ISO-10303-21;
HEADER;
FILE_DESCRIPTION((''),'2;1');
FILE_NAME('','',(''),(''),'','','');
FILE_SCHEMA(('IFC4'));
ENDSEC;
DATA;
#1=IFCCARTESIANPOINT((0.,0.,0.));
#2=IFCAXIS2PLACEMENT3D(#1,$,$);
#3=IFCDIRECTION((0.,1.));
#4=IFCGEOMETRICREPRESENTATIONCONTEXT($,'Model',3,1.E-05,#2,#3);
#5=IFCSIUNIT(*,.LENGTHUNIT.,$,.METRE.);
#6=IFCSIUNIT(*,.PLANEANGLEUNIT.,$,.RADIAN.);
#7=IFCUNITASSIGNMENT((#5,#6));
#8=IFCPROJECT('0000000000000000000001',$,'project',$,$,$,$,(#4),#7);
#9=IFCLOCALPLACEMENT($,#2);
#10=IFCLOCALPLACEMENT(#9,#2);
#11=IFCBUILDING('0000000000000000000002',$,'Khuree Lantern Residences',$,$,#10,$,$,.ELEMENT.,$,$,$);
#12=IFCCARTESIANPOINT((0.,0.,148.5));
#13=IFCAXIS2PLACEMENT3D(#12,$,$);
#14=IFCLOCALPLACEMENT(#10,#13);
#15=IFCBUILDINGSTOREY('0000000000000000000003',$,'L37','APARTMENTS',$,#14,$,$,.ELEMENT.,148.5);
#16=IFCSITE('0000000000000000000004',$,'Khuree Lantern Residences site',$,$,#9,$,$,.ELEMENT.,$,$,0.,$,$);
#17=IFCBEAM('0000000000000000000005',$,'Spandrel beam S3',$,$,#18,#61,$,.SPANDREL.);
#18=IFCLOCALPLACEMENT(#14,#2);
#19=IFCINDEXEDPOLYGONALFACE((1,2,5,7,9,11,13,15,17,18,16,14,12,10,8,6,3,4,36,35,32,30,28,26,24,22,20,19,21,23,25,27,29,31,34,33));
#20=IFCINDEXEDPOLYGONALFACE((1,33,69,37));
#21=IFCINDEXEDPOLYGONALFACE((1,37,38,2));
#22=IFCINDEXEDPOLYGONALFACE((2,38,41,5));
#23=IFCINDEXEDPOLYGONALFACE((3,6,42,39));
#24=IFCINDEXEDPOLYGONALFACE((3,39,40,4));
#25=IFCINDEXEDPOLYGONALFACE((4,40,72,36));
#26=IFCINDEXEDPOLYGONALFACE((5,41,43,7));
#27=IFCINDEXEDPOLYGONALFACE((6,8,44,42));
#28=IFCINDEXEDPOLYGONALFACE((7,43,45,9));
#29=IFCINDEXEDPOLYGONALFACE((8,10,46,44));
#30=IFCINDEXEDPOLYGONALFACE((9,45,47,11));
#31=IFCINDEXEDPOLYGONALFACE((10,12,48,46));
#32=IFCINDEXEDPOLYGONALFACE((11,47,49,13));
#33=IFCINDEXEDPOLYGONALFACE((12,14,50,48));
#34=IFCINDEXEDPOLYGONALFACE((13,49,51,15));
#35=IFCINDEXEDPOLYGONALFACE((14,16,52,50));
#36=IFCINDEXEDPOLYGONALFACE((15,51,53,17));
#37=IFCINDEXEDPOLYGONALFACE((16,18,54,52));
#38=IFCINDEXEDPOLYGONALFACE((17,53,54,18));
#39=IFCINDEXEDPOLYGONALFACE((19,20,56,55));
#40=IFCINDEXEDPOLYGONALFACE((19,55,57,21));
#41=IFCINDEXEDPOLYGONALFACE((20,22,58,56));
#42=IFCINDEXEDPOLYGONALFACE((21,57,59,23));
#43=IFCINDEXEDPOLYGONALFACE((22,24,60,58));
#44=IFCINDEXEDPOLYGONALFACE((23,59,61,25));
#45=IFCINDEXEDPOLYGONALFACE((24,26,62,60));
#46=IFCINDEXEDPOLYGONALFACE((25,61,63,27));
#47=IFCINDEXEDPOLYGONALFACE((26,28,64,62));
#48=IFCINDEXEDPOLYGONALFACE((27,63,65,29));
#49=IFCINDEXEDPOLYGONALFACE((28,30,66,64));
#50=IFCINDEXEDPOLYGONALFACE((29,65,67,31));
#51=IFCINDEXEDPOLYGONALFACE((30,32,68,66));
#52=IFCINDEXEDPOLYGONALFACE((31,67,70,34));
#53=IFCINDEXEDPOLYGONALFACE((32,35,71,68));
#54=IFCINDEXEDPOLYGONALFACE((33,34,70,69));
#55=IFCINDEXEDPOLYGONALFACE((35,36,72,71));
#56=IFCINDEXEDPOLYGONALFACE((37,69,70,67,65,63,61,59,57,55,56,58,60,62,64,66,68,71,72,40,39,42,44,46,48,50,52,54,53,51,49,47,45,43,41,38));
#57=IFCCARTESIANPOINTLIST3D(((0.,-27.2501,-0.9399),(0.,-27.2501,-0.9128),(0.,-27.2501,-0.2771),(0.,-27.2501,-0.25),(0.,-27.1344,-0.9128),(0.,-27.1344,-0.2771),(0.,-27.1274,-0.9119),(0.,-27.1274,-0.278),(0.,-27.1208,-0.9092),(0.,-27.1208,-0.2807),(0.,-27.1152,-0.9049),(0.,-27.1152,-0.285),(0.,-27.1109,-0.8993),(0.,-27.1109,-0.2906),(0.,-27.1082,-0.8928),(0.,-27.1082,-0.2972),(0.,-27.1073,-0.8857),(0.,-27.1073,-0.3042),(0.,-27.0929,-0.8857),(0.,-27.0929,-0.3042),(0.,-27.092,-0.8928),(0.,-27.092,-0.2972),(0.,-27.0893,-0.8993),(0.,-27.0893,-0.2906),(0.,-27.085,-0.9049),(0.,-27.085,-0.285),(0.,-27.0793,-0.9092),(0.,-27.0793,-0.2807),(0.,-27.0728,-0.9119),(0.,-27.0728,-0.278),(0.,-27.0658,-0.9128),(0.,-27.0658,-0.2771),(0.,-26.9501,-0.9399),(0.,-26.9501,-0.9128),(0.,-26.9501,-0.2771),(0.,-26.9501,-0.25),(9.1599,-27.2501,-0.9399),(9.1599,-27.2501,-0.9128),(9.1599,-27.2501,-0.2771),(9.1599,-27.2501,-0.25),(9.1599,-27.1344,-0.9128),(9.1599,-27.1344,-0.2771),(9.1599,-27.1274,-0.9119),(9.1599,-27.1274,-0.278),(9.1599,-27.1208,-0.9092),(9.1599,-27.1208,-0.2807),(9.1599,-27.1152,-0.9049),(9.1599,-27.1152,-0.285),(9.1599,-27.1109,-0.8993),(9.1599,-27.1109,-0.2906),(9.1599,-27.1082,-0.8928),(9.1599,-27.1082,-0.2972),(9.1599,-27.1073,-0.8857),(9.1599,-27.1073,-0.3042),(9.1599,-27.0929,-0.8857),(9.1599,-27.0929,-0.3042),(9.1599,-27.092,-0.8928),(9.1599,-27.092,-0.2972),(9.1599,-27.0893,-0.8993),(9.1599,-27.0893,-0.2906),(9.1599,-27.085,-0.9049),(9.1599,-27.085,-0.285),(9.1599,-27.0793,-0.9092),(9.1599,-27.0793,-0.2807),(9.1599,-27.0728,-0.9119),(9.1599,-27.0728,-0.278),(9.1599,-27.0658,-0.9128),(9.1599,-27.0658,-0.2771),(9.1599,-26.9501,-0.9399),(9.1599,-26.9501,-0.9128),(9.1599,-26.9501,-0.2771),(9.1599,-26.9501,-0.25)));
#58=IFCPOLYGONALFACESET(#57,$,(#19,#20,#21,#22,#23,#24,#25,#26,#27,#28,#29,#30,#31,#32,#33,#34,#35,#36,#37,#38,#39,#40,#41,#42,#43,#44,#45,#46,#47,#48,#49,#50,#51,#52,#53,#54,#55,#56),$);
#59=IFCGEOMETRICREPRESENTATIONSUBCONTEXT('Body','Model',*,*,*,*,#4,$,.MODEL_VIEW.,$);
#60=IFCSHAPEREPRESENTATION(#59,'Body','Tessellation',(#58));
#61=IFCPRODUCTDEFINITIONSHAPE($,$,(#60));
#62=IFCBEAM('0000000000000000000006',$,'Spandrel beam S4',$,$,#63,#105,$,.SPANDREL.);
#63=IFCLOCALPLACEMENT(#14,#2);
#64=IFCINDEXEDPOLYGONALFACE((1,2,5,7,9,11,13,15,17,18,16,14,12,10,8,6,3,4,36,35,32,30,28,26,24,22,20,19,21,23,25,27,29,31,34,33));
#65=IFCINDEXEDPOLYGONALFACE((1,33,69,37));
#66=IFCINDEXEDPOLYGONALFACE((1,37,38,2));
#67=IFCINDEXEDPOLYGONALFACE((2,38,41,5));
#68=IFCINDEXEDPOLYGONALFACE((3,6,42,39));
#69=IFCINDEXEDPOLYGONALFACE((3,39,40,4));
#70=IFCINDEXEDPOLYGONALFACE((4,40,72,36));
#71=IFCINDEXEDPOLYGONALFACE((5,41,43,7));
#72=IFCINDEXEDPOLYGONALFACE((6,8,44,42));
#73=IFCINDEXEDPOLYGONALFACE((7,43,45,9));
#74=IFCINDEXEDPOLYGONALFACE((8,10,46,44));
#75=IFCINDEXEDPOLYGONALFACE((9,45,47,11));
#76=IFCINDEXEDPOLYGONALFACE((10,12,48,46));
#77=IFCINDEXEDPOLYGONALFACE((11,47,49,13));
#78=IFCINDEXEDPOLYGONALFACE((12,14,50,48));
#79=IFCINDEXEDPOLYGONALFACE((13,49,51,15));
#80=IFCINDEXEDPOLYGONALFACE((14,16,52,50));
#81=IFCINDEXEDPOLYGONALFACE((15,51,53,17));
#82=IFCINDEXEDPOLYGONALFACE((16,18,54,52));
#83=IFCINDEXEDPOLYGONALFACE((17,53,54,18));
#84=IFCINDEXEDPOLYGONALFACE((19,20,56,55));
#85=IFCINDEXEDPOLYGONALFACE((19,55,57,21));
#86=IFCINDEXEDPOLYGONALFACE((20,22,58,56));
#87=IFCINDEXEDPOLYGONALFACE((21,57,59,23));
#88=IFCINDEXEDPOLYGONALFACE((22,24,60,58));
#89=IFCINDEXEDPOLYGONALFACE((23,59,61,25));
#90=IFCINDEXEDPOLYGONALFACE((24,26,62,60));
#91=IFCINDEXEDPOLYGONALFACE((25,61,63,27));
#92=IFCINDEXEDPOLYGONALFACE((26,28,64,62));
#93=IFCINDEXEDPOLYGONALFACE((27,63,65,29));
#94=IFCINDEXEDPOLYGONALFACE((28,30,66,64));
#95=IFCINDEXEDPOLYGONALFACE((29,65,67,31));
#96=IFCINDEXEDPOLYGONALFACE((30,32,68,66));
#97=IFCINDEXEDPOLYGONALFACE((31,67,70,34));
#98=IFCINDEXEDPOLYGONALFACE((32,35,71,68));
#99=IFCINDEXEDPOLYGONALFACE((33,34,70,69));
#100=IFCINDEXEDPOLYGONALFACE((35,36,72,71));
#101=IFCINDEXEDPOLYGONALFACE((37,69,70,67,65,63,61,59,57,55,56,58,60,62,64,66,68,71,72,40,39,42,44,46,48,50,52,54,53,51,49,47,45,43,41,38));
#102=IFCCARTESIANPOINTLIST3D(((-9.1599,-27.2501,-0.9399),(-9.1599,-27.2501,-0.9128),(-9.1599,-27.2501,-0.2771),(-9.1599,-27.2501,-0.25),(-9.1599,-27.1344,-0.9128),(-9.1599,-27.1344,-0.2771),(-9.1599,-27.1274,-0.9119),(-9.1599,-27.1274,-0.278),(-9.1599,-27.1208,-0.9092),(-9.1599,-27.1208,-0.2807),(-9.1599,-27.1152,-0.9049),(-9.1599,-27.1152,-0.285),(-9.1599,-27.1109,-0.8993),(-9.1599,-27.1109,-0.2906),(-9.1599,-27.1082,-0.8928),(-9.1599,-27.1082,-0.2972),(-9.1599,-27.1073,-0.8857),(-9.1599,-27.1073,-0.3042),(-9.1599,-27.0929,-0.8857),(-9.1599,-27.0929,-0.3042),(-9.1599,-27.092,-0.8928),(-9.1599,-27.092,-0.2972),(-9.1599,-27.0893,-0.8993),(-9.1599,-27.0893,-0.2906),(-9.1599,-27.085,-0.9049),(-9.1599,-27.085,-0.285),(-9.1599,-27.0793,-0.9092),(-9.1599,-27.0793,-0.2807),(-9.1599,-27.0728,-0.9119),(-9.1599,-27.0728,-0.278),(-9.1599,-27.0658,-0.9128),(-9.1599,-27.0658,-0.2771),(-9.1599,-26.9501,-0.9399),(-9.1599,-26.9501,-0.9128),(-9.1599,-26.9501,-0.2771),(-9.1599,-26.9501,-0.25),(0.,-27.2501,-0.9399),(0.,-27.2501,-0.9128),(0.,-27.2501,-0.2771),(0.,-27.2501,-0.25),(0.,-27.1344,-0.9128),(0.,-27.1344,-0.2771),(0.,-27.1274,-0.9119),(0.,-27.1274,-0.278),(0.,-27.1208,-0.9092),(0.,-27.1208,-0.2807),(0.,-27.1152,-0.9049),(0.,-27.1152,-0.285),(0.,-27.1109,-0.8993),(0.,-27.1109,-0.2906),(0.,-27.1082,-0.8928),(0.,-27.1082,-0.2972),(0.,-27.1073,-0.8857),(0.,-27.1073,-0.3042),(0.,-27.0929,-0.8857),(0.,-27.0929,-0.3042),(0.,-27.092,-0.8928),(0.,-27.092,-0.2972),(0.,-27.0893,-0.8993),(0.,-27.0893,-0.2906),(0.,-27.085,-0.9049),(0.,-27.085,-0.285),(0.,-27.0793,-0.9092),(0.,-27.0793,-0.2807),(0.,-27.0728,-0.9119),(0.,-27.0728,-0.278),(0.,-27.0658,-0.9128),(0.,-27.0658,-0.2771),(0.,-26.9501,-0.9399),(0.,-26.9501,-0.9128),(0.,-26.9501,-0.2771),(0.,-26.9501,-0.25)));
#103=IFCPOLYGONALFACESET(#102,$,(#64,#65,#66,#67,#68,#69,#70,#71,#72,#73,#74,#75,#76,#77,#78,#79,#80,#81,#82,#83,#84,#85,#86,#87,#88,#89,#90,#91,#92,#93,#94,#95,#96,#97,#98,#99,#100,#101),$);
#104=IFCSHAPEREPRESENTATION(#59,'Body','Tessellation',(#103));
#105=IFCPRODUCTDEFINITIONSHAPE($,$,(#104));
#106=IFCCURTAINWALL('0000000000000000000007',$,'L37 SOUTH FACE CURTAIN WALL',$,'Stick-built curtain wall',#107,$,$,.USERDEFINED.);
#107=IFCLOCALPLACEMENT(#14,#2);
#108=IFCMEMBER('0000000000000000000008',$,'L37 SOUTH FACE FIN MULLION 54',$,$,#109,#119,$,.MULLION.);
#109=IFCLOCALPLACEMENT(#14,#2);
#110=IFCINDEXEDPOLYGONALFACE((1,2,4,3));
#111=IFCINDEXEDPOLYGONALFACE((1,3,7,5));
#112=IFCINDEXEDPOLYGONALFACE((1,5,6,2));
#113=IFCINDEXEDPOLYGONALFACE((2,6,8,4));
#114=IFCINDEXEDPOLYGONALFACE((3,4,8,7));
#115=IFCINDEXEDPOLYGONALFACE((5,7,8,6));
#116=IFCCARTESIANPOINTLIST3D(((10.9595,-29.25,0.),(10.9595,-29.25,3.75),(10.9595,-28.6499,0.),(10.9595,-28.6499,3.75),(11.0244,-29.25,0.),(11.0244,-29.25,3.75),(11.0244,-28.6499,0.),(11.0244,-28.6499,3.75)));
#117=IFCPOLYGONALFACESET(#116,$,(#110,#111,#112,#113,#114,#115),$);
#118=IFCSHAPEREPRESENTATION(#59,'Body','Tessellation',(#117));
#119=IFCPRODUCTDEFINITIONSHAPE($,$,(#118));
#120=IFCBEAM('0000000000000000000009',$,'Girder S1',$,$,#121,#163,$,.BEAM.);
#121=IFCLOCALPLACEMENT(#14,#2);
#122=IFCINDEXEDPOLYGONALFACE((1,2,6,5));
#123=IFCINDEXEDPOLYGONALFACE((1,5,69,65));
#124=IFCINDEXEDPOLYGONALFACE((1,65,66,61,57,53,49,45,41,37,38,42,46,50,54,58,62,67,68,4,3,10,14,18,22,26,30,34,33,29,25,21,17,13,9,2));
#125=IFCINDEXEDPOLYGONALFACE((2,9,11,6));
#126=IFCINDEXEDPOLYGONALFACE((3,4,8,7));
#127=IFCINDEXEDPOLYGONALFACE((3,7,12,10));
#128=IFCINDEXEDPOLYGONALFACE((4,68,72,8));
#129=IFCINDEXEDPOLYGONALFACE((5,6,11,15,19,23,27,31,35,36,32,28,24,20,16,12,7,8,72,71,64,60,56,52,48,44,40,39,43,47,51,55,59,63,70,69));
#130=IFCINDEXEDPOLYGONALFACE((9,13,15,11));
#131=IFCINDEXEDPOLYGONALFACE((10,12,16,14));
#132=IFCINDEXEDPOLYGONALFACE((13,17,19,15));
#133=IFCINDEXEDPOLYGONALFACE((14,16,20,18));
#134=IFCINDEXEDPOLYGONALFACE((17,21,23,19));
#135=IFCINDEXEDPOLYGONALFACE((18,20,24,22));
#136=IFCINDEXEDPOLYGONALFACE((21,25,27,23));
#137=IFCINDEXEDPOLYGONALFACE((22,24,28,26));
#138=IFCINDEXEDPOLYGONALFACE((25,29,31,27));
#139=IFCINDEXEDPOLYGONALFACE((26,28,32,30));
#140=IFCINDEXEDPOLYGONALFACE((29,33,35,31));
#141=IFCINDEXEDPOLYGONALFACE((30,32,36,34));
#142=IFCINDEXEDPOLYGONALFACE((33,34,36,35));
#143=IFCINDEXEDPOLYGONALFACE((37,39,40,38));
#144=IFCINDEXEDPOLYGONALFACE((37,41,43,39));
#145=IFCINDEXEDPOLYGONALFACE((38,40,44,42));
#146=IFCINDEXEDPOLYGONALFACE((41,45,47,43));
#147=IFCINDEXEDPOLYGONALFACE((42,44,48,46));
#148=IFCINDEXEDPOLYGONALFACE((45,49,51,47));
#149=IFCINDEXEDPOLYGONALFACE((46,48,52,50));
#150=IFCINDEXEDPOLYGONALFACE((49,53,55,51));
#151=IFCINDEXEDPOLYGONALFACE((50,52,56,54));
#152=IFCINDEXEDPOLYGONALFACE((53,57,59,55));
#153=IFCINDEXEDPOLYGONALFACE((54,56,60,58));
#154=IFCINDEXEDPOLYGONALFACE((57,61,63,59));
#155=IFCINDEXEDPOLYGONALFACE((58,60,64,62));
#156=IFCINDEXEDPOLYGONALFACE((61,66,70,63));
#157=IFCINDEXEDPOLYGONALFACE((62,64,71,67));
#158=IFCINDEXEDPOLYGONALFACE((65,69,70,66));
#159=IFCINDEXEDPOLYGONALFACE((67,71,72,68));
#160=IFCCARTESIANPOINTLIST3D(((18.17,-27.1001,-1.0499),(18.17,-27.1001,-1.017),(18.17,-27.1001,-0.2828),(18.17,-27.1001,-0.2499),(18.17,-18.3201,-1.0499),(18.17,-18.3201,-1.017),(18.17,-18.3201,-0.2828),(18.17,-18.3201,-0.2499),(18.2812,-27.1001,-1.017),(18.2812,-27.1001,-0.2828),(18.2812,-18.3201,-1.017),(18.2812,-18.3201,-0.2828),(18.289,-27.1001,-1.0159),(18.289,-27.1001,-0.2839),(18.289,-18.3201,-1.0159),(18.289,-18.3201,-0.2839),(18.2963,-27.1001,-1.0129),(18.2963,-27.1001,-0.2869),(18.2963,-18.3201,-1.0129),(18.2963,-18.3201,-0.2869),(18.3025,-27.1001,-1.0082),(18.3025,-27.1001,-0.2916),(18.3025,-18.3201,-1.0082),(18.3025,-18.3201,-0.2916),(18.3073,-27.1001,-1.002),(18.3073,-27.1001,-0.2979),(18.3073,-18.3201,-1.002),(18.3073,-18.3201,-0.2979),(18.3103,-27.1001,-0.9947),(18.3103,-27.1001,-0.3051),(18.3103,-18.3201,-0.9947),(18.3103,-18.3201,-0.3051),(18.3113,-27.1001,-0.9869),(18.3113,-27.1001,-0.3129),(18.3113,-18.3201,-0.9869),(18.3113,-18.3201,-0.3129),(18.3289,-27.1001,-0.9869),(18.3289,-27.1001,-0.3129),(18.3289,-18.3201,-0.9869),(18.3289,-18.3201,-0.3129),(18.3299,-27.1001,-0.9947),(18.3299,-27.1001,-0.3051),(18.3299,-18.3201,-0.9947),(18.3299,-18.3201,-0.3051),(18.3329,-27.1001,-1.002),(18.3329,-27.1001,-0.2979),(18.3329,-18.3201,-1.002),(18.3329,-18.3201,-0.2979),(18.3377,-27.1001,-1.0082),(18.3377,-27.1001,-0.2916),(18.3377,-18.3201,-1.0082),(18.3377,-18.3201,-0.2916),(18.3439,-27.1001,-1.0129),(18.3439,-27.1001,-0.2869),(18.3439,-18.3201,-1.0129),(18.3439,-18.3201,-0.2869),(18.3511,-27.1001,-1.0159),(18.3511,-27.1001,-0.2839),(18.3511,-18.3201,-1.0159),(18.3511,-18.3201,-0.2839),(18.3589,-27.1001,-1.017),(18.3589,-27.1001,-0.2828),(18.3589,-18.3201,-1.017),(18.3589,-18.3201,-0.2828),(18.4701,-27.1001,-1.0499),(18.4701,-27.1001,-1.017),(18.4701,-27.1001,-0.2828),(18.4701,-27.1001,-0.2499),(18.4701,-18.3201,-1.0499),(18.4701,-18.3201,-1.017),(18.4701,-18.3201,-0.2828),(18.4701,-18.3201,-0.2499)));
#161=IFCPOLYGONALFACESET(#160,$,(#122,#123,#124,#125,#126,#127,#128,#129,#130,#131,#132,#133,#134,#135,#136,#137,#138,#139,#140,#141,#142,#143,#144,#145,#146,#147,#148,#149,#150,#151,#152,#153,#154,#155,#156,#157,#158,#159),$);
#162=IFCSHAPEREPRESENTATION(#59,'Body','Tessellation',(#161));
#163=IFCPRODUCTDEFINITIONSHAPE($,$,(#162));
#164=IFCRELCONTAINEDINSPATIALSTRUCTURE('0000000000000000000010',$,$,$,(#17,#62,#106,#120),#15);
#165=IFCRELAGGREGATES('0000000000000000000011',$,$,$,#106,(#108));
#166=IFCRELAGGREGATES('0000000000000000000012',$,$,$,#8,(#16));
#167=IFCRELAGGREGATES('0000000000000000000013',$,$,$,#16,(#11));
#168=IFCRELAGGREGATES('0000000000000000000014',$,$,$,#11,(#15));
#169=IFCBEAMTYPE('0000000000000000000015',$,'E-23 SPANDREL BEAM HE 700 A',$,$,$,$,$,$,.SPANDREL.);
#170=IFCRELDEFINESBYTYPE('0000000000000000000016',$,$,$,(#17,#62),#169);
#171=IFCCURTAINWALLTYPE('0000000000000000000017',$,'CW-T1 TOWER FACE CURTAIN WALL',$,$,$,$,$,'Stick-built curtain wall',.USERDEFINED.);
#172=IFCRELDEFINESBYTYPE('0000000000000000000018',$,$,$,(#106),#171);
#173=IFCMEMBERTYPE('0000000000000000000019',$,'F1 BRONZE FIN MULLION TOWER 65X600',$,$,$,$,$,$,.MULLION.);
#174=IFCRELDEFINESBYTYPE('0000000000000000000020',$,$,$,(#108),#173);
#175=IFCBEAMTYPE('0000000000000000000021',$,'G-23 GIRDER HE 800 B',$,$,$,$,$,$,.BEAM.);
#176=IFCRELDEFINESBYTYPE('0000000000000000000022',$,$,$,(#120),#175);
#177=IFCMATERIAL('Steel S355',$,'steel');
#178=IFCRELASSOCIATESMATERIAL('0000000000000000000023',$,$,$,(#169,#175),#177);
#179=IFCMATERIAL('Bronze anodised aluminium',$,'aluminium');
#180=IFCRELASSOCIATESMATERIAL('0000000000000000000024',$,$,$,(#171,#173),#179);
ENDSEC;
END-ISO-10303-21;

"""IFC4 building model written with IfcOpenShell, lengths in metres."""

from ifc_helpers import new_model, si_unit, direction, frame, origin, origin_2d, place, context, subcontext, project, spatial, rectangle, i_section, extrude, material, material_profile, profile_set, type_object, element, aggregate, save


model = new_model("IFC4")

# Units and contexts
model_context = context("Model", 3, precision=1e-05, world=origin(), true_north=direction((0.0, 1.0)))
body_context = subcontext(model_context, "Body", "Model", "MODEL_VIEW")
ifc_project = project(units=[si_unit("LENGTHUNIT", "METRE"), si_unit("PLANEANGLEUNIT", "RADIAN")], contexts=[model_context])

# Site, building, storey
site_placement = place(None, origin())
site = spatial("IfcSite", under=ifc_project, at=site_placement, Name="Khuree Lantern Residences site", CompositionType="ELEMENT", RefElevation=0.0)
building_placement = place(site_placement, origin())
building = spatial("IfcBuilding", under=site, at=building_placement, Name="Khuree Lantern Residences", CompositionType="ELEMENT")
storey_placement = place(building_placement, frame((0.0, 0.0, 148.5)))
storey = spatial("IfcBuildingStorey", under=building, at=storey_placement, Name="L37", Description="APARTMENTS", CompositionType="ELEMENT", Elevation=148.5)

# Beams
ifc_material_1 = material(Name="Steel S355", Category="steel")
ifc_material_profile_1 = material_profile(ifc_material_1, i_section(OverallWidth=0.3, OverallDepth=0.6899, WebThickness=0.0144, FlangeThickness=0.0271, FilletRadius=0.0271, at=origin_2d()), Name="HE 700 A")
ifc_profile_set_1 = profile_set([ifc_material_profile_1], Name="Steel S355")
beam_type_1 = type_object("IfcBeamType", Name="E-23 SPANDREL BEAM HE 700 A", PredefinedType="SPANDREL", material=ifc_profile_set_1)
for number, where, z_axis, x_axis, name in (
    (1, (9.1599, -27.1001, -0.595), (-1.0, 0.0, 0.0), (0.0, -1.0, 0.0), "Spandrel beam S3"),
    (2, (0.0, -27.1001, -0.595), (-1.0, 0.0, 0.0), (0.0, -1.0, 0.0), "Spandrel beam S4"),
):
    element("IfcBeam", number, at=place(storey_placement, frame(where, z_axis=z_axis, x_axis=x_axis)), inside=storey, type_object=beam_type_1, Name=name, PredefinedType="SPANDREL", context=body_context, shape_type="SweptSolid", body=[
        extrude(i_section(OverallWidth=0.3, OverallDepth=0.6899, WebThickness=0.0144, FlangeThickness=0.0271, FilletRadius=0.0271, at=origin_2d()), origin(), (0.0, 0.0, 1.0), 9.1599),
    ])

# Curtain wall, member
ifc_material_2 = material(Name="Bronze anodised aluminium", Category="aluminium")
curtain_wall_type = type_object("IfcCurtainWallType", Name="CW-T1 TOWER FACE CURTAIN WALL", ElementType="Stick-built curtain wall", PredefinedType="USERDEFINED", material=ifc_material_2)
curtain_wall_placement = place(storey_placement, origin())
curtain_wall = element("IfcCurtainWall", 3, at=curtain_wall_placement, inside=storey, type_object=curtain_wall_type, Name="L37 SOUTH FACE CURTAIN WALL", ObjectType="Stick-built curtain wall", PredefinedType="USERDEFINED")
ifc_material_profile_2 = material_profile(ifc_material_2, rectangle(XDim=0.0649, YDim=0.6001, at=origin_2d()), Name="F1 65X600")
ifc_profile_set_2 = profile_set([ifc_material_profile_2], Name="Bronze anodised aluminium")
member_type_1 = type_object("IfcMemberType", Name="F1 BRONZE FIN MULLION TOWER 65X600", PredefinedType="MULLION", material=ifc_profile_set_2)
member_1_placement = place(storey_placement, frame((10.9919, -28.95, 0.0), z_axis=(0.0, 0.0, 1.0), x_axis=(1.0, 0.0, 0.0)))
member_1 = element("IfcMember", 4, at=member_1_placement, type_object=member_type_1, Name="L37 SOUTH FACE FIN MULLION 54", PredefinedType="MULLION", context=body_context, shape_type="SweptSolid", body=[
    extrude(rectangle(XDim=0.0649, YDim=0.6001, at=origin_2d()), origin(), (0.0, 0.0, 1.0), 3.75),
])

# Beam
ifc_material_profile_3 = material_profile(ifc_material_1, i_section(OverallWidth=0.3, OverallDepth=0.8, WebThickness=0.0176, FlangeThickness=0.033, FilletRadius=0.03, at=origin_2d()), Name="HE 800 B")
ifc_profile_set_3 = profile_set([ifc_material_profile_3], Name="Steel S355")
beam_type_2 = type_object("IfcBeamType", Name="G-23 GIRDER HE 800 B", PredefinedType="BEAM", material=ifc_profile_set_3)
beam_1_placement = place(storey_placement, frame((18.3201, -27.1001, -0.6499), z_axis=(0.0, 1.0, 0.0), x_axis=(-1.0, 0.0, 0.0)))
element("IfcBeam", 5, at=beam_1_placement, inside=storey, type_object=beam_type_2, Name="Girder S1", PredefinedType="BEAM", context=body_context, shape_type="SweptSolid", body=[
    extrude(i_section(OverallWidth=0.3, OverallDepth=0.8, WebThickness=0.0176, FlangeThickness=0.033, FilletRadius=0.03, at=origin_2d()), origin(), (0.0, 0.0, 1.0), 8.78),
])

aggregate(curtain_wall, [member_1])

save(model, "model.ifc")
